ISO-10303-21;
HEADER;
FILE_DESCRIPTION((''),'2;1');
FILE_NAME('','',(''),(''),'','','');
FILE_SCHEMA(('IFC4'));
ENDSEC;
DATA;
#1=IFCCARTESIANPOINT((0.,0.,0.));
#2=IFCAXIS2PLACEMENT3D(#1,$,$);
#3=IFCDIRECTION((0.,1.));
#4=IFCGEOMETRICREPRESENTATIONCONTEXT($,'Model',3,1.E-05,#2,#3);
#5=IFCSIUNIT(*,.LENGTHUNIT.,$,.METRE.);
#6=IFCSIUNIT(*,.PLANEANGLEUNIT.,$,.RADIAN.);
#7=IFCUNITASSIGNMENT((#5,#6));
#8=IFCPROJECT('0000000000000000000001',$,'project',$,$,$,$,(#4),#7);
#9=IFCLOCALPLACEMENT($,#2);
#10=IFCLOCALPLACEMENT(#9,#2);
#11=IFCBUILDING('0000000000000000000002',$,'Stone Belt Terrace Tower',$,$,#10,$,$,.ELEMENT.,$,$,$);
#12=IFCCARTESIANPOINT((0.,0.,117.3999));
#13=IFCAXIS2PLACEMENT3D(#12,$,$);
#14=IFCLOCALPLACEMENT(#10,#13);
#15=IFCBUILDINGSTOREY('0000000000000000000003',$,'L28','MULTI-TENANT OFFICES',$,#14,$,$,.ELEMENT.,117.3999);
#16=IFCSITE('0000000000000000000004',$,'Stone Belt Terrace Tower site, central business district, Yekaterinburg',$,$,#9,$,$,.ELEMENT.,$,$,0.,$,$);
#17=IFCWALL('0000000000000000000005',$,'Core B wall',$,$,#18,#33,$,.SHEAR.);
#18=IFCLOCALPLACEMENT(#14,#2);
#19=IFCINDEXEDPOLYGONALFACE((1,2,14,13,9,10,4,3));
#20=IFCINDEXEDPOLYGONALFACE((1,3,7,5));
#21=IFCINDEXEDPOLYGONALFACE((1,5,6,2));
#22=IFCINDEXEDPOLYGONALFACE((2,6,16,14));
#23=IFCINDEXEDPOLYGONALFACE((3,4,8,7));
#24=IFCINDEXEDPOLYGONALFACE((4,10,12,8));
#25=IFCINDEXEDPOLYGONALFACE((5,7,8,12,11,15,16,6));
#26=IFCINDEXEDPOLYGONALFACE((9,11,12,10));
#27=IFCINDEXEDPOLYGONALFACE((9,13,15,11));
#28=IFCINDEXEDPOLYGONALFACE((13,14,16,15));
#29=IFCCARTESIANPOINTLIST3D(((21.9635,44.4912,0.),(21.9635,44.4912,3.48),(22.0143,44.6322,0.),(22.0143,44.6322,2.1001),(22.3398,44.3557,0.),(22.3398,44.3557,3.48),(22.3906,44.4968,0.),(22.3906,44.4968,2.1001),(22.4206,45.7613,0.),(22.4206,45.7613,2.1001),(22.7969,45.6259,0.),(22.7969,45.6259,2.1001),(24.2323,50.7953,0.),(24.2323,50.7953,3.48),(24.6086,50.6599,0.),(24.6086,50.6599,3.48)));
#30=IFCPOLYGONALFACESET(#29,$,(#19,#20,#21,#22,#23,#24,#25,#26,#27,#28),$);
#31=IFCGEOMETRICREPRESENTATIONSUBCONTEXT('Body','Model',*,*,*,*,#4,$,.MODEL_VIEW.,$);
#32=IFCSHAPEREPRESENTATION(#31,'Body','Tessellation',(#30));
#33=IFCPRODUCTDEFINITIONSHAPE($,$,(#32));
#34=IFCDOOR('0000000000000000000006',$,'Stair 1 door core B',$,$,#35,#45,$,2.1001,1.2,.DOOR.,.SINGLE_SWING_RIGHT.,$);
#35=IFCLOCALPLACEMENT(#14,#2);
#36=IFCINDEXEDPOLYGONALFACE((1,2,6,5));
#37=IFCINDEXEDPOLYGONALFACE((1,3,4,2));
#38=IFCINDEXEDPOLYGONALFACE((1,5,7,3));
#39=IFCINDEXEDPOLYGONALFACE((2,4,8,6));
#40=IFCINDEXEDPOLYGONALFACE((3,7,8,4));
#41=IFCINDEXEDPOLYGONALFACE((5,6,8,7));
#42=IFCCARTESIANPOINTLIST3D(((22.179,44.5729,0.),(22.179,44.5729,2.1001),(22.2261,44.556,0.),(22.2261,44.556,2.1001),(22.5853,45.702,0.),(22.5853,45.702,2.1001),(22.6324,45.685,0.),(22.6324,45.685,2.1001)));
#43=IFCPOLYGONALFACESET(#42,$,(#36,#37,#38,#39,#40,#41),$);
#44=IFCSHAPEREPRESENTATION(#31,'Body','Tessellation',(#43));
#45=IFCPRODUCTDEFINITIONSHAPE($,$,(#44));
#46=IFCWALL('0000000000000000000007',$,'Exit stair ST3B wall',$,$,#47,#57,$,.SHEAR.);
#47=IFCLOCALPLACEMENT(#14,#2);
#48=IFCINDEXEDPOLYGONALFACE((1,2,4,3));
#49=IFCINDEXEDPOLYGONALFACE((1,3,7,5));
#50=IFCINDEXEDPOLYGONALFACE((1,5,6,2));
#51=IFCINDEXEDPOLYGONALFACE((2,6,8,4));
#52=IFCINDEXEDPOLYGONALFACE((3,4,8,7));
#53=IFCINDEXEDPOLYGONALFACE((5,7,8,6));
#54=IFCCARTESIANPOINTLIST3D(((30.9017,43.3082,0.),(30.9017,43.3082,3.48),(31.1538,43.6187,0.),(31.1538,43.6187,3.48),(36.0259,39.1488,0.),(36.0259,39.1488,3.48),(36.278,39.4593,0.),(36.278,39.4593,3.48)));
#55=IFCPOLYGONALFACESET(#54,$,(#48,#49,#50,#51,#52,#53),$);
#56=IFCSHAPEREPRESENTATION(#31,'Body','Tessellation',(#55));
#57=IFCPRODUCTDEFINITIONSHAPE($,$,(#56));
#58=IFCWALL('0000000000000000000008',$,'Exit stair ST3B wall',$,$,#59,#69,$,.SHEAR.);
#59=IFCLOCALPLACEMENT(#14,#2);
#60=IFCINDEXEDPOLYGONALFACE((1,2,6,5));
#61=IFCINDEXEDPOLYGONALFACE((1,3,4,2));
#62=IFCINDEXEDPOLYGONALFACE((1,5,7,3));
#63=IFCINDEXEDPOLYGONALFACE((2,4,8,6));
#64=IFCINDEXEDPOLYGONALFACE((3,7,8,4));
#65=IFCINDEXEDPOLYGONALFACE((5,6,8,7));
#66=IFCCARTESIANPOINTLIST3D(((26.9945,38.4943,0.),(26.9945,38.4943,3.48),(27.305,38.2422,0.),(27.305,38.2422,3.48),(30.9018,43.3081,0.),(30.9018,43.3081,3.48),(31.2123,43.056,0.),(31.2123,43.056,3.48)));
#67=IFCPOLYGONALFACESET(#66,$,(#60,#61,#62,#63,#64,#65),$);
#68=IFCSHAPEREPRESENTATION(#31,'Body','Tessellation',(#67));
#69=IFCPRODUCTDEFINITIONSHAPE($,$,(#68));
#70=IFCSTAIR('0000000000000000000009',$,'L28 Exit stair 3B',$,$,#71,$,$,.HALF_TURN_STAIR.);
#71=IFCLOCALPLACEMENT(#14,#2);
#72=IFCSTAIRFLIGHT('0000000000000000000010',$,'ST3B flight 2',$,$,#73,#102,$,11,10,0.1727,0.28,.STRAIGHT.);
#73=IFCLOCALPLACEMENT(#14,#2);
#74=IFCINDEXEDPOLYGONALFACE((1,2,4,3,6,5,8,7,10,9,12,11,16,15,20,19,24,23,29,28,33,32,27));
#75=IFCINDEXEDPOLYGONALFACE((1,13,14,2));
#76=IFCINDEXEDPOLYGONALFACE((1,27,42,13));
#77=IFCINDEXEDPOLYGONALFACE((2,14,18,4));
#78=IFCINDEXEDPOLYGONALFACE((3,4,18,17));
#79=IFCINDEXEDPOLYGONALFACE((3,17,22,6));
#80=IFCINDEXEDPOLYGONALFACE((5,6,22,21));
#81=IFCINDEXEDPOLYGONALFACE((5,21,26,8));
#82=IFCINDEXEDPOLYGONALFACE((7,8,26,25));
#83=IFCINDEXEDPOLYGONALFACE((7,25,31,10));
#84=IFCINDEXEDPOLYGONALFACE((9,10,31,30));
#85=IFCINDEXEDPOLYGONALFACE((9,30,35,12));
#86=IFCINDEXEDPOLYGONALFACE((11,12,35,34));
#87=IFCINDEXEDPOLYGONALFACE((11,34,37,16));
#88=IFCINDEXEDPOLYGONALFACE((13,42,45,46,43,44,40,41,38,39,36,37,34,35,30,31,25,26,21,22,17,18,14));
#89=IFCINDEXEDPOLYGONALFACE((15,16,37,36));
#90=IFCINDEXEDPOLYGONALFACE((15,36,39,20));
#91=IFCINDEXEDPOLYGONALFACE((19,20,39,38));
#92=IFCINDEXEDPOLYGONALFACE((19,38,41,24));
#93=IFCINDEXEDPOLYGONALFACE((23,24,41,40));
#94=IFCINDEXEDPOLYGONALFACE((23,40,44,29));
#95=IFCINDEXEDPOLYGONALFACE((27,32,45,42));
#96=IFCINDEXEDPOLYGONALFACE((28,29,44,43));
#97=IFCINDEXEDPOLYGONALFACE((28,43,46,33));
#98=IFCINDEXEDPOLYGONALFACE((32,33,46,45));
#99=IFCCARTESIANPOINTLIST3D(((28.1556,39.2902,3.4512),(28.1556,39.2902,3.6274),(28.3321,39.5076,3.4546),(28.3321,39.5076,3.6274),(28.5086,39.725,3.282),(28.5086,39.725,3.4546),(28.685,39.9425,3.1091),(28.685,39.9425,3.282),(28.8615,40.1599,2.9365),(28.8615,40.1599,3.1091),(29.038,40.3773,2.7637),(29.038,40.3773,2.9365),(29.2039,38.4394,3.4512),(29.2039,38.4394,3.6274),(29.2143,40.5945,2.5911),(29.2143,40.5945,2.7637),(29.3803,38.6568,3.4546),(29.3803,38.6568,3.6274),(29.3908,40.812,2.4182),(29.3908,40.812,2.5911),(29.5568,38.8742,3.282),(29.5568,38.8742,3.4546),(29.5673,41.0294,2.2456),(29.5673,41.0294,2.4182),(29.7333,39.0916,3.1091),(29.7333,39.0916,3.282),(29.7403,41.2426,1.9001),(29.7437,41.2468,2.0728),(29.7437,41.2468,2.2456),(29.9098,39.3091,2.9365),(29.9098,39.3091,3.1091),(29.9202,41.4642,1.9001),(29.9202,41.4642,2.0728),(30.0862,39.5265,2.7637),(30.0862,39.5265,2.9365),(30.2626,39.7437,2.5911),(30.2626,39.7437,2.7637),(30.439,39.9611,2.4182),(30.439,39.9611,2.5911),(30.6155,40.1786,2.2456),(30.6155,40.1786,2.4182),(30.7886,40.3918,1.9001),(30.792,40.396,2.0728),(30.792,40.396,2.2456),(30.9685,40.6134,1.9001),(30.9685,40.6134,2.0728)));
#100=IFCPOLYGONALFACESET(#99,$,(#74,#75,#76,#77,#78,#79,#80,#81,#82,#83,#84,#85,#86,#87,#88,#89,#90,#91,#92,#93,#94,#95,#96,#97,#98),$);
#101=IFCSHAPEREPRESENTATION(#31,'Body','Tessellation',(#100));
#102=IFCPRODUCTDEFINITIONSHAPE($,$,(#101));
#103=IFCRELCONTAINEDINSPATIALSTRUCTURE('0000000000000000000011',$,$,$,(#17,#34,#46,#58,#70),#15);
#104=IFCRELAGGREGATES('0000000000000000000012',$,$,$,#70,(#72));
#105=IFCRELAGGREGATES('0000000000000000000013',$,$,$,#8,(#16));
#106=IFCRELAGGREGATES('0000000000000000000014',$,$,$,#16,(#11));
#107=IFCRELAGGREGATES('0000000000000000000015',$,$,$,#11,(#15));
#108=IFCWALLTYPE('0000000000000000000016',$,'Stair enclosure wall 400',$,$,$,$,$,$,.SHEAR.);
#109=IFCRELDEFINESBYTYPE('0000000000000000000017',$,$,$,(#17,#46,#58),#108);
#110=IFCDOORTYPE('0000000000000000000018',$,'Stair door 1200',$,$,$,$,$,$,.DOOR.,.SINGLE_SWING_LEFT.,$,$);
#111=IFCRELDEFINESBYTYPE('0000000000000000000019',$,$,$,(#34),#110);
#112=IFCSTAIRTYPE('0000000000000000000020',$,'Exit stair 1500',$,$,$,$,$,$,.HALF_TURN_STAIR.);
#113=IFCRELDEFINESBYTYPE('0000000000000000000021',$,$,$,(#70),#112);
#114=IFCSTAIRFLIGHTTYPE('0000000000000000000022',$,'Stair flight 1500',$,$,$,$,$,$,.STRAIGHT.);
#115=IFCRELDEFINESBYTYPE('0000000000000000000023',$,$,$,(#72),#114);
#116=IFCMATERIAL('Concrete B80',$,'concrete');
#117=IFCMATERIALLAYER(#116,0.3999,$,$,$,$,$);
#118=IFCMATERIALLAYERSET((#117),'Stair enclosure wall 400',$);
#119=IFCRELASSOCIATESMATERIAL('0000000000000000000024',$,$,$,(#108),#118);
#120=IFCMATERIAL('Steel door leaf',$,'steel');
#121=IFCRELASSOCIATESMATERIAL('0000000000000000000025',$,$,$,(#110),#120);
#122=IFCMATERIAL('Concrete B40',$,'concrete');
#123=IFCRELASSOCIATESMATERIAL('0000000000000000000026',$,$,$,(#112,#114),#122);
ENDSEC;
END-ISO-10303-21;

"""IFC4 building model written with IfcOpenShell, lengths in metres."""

from ifc_helpers import new_model, si_unit, direction, frame, frame_2d, origin, place, context, subcontext, project, spatial, polyline, rectangle, outline, extrude, material, layer, layer_set, type_object, element, fill, aggregate, save


model = new_model("IFC4")

# Units and contexts
model_context = context("Model", 3, precision=1e-05, world=origin(), true_north=direction((0.0, 1.0)))
body_context = subcontext(model_context, "Body", "Model", "MODEL_VIEW")
ifc_project = project(units=[si_unit("LENGTHUNIT", "METRE"), si_unit("PLANEANGLEUNIT", "RADIAN")], contexts=[model_context])

# Site, building, storey
site_placement = place(None, origin())
site = spatial("IfcSite", under=ifc_project, at=site_placement, Name="Stone Belt Terrace Tower site, central business district, Yekaterinburg", CompositionType="ELEMENT", RefElevation=0.0)
building_placement = place(site_placement, origin())
building = spatial("IfcBuilding", under=site, at=building_placement, Name="Stone Belt Terrace Tower", CompositionType="ELEMENT")
storey_placement = place(building_placement, frame((0.0, 0.0, 117.3999)))
storey = spatial("IfcBuildingStorey", under=building, at=storey_placement, Name="L28", Description="MULTI-TENANT OFFICES", CompositionType="ELEMENT", Elevation=117.3999)

# Shared definitions
ifc_material_1 = material(Name="Concrete B80", Category="concrete")

# Wall, opening, door
ifc_layer_1 = layer(ifc_material_1, 0.3999)
ifc_layer_set_1 = layer_set([ifc_layer_1], Name="Stair enclosure wall 400")
wall_type_1 = type_object("IfcWallType", Name="Stair enclosure wall 400", PredefinedType="SHEAR", material=ifc_layer_set_1)
wall_1_placement = place(storey_placement, frame((22.1516, 44.4233, 0.0), z_axis=(0.0, 0.0, 1.0), x_axis=(0.338625, 0.940921, 0.0)))
wall_1 = element("IfcWall", 1, at=wall_1_placement, inside=storey, type_object=wall_type_1, Name="Core B wall", PredefinedType="SHEAR", context=body_context, shape_type="SweptSolid", body=[
    extrude(rectangle(XDim=6.7, YDim=0.3999, at=frame_2d((3.3501, 0.0))), origin(), (0.0, 0.0, 1.0), 3.48),
])
opening_1_placement = place(wall_1_placement, frame((0.1499, 0.0, 0.0)))
opening_1 = element("IfcOpeningElement", 2, at=opening_1_placement, cuts=wall_1, PredefinedType="OPENING", context=body_context, shape_type="SweptSolid", body=[
    extrude(rectangle(XDim=1.2, YDim=2.1001, at=frame_2d((0.6001, 1.05))), frame((0.0, 0.21, 0.0), z_axis=(0.0, -1.0, 0.0), x_axis=(1.0, 0.0, 0.0)), (0.0, 0.0, 1.0), 0.4199),
])
ifc_material_2 = material(Name="Steel door leaf", Category="steel")
door_type_1 = type_object("IfcDoorType", Name="Stair door 1200", OperationType="SINGLE_SWING_LEFT", PredefinedType="DOOR", material=ifc_material_2)
door_1_placement = place(opening_1_placement, origin())
door_1 = element("IfcDoor", 3, at=door_1_placement, inside=storey, type_object=door_type_1, Name="Stair 1 door core B", OperationType="SINGLE_SWING_RIGHT", OverallHeight=2.1001, OverallWidth=1.2, PredefinedType="DOOR", context=body_context, shape_type="SweptSolid", body=[
    extrude(rectangle(XDim=1.2, YDim=2.1001, at=frame_2d((0.6001, 1.05))), frame((0.0, 0.0249, 0.0), z_axis=(0.0, -1.0, 0.0), x_axis=(1.0, 0.0, 0.0)), (0.0, 0.0, 1.0), 0.05),
])
fill(opening_1, door_1)

# Walls
wall_2_placement = place(storey_placement, frame((31.0278, 43.4634, 0.0), z_axis=(0.0, 0.0, 1.0), x_axis=(0.776414, -0.630224, 0.0)))
element("IfcWall", 4, at=wall_2_placement, inside=storey, type_object=wall_type_1, Name="Exit stair ST3B wall", PredefinedType="SHEAR", context=body_context, shape_type="SweptSolid", body=[
    extrude(rectangle(XDim=6.5999, YDim=0.3999, at=frame_2d((3.2998, 0.0))), origin(), (0.0, 0.0, 1.0), 3.48),
])
wall_3_placement = place(storey_placement, frame((27.1497, 38.3682, 0.0), z_axis=(0.0, 0.0, 1.0), x_axis=(0.630212, 0.776423, 0.0)))
element("IfcWall", 5, at=wall_3_placement, inside=storey, type_object=wall_type_1, Name="Exit stair ST3B wall", PredefinedType="SHEAR", context=body_context, shape_type="SweptSolid", body=[
    extrude(rectangle(XDim=6.2, YDim=0.3999, at=frame_2d((3.1001, 0.0))), origin(), (0.0, 0.0, 1.0), 3.48),
])

# Stair, stair flight
ifc_material_3 = material(Name="Concrete B40", Category="concrete")
stair_type = type_object("IfcStairType", Name="Exit stair 1500", PredefinedType="HALF_TURN_STAIR", material=ifc_material_3)
stair_placement = place(storey_placement, origin())
stair = element("IfcStair", 6, at=stair_placement, inside=storey, type_object=stair_type, Name="L28 Exit stair 3B", PredefinedType="HALF_TURN_STAIR")
stair_flight_type = type_object("IfcStairFlightType", Name="Stair flight 1500", PredefinedType="STRAIGHT", material=ifc_material_3)
stair_flight_placement = place(storey_placement, frame((30.4443, 41.0388, 1.9001), z_axis=(0.0, 0.0, 1.0), x_axis=(-0.630206, -0.776428, 0.0)))
stair_flight = element("IfcStairFlight", 7, at=stair_flight_placement, type_object=stair_flight_type, Name="ST3B flight 2", NumberOfRisers=11, NumberOfTreads=10, PredefinedType="STRAIGHT", RiserHeight=0.1727, TreadLength=0.28, context=body_context, shape_type="SweptSolid", body=[
    extrude(outline(polyline([(0.0, 0.0), (0.0, 0.1726), (0.28, 0.1726), (0.28, 0.3455), (0.5601, 0.3455), (0.5601, 0.5181), (0.8401, 0.5181), (0.8401, 0.6909), (1.1201, 0.6909), (1.1201, 0.8635), (1.3999, 0.8635), (1.3999, 1.0364), (1.6799, 1.0364), (1.6799, 1.209), (1.96, 1.209), (1.96, 1.3818), (2.24, 1.3818), (2.24, 1.5544), (2.52, 1.5544), (2.52, 1.7273), (2.8, 1.7273), (2.8, 1.8999), (2.8, 1.551), (0.2854, 0.0), (0.0, 0.0)])), frame((0.0, 0.675, 0.0), z_axis=(0.0, -1.0, 0.0), x_axis=(1.0, 0.0, 0.0)), (0.0, 0.0, 1.0), 1.3501),
])
aggregate(stair, [stair_flight])

save(model, "model.ifc")
